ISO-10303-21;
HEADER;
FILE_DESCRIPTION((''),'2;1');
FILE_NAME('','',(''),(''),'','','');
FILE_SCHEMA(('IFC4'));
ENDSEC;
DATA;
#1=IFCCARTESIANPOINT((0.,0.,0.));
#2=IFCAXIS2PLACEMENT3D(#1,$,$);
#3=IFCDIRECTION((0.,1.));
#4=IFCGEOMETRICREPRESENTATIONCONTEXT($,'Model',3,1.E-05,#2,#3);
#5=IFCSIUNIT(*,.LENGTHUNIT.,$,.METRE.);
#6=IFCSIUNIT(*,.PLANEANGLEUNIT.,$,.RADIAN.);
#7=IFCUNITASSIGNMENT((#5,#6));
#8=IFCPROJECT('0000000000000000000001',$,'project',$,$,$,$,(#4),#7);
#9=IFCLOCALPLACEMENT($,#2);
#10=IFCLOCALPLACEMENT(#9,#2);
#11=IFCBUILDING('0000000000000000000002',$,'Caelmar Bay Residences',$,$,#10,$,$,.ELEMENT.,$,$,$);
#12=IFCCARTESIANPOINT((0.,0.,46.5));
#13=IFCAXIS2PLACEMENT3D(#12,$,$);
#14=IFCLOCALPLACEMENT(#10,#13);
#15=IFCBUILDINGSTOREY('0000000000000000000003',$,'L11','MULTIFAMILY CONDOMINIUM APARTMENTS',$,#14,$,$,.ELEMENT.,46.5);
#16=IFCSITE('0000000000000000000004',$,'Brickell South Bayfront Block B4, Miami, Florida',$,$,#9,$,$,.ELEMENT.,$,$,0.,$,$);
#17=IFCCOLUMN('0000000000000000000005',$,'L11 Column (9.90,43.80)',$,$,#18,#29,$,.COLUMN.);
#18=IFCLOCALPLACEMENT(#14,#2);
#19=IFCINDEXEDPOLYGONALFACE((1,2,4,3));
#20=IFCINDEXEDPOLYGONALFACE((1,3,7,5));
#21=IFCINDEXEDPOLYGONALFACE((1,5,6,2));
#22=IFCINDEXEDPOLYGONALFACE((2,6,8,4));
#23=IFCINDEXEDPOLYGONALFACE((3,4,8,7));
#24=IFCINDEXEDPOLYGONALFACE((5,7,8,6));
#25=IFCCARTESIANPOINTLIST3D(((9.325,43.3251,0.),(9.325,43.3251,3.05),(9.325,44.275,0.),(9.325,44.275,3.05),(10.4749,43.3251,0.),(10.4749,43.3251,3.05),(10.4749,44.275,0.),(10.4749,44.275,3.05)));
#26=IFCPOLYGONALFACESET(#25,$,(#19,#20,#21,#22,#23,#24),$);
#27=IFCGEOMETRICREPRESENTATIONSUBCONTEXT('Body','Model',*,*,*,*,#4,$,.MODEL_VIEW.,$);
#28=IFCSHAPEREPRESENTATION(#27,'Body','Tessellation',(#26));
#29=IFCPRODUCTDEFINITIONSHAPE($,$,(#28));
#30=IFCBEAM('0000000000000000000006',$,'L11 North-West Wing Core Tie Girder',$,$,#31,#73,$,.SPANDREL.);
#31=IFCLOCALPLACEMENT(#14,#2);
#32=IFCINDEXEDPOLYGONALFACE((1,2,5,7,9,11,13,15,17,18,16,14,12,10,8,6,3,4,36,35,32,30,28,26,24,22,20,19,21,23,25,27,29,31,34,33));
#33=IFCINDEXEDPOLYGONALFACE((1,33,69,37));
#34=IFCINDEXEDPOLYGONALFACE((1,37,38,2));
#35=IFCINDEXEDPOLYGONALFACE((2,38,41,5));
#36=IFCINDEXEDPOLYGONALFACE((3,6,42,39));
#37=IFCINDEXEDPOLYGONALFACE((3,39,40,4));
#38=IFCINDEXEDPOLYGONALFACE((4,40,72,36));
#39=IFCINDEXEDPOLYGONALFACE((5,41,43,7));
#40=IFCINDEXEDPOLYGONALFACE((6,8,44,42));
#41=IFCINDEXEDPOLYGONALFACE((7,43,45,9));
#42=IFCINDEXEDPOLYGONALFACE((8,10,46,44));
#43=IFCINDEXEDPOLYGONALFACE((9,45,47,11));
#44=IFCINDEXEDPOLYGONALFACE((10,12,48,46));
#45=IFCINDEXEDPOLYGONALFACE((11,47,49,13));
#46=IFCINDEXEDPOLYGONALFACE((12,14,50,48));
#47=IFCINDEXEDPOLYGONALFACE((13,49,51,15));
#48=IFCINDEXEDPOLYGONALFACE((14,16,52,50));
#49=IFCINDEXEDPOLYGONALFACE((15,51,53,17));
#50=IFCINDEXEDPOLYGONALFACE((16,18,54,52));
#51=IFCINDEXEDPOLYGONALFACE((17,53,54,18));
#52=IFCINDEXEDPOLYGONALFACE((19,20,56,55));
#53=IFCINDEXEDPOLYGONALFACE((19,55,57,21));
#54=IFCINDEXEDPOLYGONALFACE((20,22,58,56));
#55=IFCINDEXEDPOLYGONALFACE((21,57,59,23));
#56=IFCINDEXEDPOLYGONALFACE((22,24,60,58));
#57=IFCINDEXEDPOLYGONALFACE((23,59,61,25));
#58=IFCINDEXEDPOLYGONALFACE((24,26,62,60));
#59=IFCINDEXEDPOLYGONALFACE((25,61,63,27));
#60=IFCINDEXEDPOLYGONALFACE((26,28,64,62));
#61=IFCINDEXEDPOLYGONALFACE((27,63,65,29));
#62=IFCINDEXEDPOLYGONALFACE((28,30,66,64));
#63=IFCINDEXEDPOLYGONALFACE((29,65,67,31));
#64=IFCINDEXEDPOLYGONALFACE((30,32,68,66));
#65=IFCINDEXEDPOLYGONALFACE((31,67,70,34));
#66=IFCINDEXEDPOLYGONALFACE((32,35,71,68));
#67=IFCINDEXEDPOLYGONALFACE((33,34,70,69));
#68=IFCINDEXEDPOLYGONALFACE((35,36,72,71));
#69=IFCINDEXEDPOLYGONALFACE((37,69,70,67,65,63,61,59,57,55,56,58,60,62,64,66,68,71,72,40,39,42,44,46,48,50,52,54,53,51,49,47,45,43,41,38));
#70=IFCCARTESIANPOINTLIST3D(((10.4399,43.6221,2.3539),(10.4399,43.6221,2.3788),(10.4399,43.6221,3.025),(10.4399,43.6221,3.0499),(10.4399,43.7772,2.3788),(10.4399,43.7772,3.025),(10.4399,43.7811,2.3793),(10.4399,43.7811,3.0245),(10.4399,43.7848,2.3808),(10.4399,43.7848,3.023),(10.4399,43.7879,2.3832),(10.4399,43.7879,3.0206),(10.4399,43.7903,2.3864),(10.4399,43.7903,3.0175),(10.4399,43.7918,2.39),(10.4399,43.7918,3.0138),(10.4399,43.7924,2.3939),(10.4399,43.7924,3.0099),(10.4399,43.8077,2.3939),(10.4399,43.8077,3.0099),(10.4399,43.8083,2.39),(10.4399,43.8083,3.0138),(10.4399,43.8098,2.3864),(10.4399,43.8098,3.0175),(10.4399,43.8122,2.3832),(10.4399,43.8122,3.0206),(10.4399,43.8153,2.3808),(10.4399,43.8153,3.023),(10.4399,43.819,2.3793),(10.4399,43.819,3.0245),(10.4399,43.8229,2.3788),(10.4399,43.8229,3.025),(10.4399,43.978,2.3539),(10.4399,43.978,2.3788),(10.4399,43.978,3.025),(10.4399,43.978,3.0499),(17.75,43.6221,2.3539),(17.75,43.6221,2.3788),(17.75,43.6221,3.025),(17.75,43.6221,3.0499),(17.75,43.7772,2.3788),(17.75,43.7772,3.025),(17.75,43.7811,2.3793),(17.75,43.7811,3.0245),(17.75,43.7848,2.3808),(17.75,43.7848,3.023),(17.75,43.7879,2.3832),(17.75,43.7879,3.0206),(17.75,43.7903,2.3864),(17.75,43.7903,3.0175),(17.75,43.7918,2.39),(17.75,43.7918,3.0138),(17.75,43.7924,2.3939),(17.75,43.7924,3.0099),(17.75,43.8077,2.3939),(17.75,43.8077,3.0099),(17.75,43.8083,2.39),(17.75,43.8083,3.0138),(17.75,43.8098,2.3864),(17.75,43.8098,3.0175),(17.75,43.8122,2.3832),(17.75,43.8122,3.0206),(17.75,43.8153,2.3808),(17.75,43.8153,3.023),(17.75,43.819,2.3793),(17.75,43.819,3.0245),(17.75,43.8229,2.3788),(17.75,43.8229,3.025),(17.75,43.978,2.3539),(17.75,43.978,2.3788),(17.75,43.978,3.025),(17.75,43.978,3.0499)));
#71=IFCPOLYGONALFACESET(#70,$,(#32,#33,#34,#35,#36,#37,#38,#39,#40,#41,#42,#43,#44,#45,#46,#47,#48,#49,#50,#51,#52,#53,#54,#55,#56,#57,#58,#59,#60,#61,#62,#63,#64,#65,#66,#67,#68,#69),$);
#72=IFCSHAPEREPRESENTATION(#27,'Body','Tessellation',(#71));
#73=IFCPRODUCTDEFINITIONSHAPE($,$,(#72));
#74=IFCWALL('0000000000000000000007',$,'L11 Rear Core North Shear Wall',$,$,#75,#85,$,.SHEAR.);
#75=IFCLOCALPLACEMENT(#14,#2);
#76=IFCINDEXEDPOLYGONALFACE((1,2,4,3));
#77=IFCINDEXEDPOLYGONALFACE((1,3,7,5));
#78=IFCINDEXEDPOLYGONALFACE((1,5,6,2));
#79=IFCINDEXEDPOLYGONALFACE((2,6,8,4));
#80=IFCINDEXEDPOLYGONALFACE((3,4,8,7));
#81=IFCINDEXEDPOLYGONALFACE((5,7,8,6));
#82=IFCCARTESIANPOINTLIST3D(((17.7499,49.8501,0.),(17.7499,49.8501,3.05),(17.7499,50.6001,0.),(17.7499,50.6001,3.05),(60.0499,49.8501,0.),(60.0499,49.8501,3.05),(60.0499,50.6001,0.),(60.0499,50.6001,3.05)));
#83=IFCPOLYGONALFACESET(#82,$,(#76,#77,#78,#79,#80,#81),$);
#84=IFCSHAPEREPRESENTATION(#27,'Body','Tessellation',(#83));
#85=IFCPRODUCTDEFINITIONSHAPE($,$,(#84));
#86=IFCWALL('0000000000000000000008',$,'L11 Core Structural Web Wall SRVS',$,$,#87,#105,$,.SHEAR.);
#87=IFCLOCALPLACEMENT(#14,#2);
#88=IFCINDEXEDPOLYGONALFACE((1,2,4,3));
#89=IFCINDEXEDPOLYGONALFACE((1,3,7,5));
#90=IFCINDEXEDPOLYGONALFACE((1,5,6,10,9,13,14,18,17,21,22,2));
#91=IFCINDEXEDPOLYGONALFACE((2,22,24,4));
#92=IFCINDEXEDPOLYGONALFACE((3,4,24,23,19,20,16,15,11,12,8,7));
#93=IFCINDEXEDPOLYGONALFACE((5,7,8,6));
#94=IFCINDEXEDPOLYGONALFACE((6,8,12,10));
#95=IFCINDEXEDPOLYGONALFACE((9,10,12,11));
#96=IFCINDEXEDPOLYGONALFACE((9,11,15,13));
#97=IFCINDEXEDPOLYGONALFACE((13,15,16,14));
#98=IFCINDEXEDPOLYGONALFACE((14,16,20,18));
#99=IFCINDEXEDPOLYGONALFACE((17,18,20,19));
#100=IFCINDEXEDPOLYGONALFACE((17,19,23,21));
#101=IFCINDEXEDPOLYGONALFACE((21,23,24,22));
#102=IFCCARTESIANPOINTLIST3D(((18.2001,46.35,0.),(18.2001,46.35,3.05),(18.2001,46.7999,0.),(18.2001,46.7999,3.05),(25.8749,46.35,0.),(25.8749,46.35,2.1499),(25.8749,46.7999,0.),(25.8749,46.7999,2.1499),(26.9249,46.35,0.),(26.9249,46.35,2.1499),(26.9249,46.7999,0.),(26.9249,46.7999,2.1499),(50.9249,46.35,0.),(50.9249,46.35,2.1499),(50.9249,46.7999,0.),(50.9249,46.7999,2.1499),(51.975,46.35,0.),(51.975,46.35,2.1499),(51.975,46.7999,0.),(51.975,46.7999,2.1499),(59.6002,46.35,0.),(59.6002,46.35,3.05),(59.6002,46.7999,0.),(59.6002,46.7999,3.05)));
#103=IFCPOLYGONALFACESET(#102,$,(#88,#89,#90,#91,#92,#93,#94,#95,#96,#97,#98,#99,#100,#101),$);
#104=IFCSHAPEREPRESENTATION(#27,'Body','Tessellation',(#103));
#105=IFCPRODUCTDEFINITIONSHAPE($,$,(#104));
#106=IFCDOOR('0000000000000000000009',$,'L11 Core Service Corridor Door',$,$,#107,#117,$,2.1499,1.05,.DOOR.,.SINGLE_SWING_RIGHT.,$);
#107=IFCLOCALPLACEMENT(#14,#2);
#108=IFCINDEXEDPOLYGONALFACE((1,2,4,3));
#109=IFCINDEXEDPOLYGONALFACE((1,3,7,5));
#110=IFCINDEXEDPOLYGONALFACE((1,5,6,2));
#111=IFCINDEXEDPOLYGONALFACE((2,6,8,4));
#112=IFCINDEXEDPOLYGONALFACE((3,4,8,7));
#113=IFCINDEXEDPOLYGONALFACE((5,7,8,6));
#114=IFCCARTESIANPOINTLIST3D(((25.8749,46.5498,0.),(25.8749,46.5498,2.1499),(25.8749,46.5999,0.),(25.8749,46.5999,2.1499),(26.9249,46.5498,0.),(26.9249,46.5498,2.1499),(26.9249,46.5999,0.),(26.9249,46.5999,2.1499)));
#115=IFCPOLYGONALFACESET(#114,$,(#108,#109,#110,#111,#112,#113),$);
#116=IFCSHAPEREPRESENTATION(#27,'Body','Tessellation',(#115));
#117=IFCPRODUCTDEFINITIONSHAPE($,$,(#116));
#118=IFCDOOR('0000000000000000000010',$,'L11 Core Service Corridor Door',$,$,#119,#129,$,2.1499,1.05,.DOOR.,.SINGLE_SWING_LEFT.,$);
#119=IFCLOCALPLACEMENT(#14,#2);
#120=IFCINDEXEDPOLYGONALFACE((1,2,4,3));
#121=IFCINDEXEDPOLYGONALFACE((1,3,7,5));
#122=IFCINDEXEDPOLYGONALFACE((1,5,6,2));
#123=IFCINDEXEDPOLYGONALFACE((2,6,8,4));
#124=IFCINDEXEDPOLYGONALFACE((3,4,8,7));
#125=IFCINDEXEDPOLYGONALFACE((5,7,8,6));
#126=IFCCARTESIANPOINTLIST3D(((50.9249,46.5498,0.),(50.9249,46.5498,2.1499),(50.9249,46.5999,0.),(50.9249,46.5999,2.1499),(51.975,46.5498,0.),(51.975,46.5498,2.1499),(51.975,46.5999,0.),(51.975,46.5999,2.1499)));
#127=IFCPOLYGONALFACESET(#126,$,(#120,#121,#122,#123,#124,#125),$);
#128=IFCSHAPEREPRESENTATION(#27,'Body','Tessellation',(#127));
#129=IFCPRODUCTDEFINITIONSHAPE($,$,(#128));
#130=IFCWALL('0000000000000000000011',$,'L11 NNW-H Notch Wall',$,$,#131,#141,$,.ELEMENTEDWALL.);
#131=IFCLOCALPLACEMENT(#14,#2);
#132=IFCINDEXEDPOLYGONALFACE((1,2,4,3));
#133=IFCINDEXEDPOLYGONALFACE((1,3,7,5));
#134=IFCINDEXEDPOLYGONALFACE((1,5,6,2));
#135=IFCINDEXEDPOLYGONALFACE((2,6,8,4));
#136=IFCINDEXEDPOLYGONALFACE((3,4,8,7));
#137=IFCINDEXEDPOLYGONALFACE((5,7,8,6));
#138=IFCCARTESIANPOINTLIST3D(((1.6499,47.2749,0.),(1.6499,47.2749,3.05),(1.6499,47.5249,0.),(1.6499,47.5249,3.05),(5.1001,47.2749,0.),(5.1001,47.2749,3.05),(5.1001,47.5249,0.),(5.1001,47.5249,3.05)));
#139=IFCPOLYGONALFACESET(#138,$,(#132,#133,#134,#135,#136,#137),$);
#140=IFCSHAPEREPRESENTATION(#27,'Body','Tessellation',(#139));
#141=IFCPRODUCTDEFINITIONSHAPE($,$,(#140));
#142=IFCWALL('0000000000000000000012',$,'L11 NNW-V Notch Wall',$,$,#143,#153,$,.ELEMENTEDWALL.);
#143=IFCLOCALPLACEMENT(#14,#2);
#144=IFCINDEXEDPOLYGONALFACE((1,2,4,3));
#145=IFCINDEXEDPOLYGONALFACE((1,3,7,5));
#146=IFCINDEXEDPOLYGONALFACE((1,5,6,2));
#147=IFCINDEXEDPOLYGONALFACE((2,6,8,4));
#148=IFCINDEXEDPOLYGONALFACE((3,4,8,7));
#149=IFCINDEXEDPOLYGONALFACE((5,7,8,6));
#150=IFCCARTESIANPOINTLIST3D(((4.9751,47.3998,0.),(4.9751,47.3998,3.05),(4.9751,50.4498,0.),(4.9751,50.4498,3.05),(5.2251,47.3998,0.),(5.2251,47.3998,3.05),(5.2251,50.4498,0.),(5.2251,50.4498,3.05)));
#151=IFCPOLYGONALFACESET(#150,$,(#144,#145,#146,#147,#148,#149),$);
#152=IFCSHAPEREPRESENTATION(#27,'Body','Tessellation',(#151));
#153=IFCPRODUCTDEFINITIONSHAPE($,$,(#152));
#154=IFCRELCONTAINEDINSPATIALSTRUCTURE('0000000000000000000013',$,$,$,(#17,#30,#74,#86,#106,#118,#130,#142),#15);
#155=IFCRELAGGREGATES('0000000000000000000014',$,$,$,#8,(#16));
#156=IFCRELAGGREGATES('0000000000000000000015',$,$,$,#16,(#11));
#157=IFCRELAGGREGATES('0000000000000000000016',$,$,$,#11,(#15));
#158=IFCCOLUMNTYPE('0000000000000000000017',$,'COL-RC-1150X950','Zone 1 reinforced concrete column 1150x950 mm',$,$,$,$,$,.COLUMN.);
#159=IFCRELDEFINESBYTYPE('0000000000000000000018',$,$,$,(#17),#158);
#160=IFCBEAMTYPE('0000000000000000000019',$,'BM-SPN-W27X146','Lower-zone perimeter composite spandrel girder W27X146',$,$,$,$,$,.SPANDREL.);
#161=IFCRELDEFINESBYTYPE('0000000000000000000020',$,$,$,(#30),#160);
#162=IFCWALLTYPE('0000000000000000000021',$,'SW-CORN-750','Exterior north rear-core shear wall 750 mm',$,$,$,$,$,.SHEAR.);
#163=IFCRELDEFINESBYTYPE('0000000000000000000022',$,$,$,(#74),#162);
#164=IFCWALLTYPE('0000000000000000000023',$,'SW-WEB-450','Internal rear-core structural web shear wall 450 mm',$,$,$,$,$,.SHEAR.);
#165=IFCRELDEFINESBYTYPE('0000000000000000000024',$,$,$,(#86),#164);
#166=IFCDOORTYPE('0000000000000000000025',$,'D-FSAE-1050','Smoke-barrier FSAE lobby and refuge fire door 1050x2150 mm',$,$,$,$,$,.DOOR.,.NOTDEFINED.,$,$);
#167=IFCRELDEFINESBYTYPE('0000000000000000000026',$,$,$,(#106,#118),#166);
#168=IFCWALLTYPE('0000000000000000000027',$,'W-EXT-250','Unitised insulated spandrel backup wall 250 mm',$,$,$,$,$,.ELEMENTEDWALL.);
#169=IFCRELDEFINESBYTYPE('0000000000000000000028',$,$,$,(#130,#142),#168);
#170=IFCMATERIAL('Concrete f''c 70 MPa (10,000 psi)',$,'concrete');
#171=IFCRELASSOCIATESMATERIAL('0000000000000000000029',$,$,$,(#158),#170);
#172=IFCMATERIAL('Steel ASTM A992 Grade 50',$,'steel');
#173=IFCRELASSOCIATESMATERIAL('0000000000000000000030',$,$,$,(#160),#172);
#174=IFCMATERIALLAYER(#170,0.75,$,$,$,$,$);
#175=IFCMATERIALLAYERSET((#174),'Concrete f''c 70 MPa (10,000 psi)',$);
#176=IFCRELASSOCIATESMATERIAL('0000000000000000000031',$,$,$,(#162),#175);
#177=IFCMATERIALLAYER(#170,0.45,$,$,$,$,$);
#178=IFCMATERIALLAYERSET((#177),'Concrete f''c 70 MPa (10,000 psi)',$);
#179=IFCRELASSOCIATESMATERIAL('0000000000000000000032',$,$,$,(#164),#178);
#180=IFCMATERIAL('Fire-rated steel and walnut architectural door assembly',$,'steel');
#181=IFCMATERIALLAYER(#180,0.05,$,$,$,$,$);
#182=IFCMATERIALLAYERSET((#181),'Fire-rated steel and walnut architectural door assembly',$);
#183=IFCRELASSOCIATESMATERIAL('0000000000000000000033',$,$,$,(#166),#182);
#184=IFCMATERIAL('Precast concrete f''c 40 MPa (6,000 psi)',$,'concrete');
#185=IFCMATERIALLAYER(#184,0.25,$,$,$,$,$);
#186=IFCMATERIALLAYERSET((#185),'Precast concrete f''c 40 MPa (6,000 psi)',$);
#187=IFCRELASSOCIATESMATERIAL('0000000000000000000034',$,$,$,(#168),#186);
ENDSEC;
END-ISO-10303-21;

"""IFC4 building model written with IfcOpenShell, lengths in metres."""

from ifc_helpers import new_model, si_unit, direction, frame, frame_2d, origin, origin_2d, place, context, subcontext, project, spatial, rectangle, i_section, extrude, material, layer, layer_set, material_profile, profile_set, type_object, element, fill, save


model = new_model("IFC4")

# Units and contexts
model_context = context("Model", 3, precision=1e-05, world=origin(), true_north=direction((0.0, 1.0)))
body_context = subcontext(model_context, "Body", "Model", "MODEL_VIEW")
ifc_project = project(units=[si_unit("LENGTHUNIT", "METRE"), si_unit("PLANEANGLEUNIT", "RADIAN")], contexts=[model_context])

# Site, building, storey
site_placement = place(None, origin())
site = spatial("IfcSite", under=ifc_project, at=site_placement, Name="Brickell South Bayfront Block B4, Miami, Florida", CompositionType="ELEMENT", RefElevation=0.0)
building_placement = place(site_placement, origin())
building = spatial("IfcBuilding", under=site, at=building_placement, Name="Caelmar Bay Residences", CompositionType="ELEMENT")
storey_placement = place(building_placement, frame((0.0, 0.0, 46.5)))
storey = spatial("IfcBuildingStorey", under=building, at=storey_placement, Name="L11", Description="MULTIFAMILY CONDOMINIUM APARTMENTS", CompositionType="ELEMENT", Elevation=46.5)

# Column
ifc_material_1 = material(Name="Concrete f'c 70 MPa (10,000 psi)", Category="concrete")
ifc_material_profile_1 = material_profile(ifc_material_1, rectangle(XDim=1.1499, YDim=0.95, at=origin_2d()), Name="RC-COL-1150X950")
ifc_profile_set_1 = profile_set([ifc_material_profile_1], Name="Concrete f'c 70 MPa (10,000 psi)")
column_type = type_object("IfcColumnType", Name="COL-RC-1150X950", Description="Zone 1 reinforced concrete column 1150x950 mm", PredefinedType="COLUMN", material=ifc_profile_set_1)
column_placement = place(storey_placement, frame((9.8999, 43.8, 0.0), z_axis=(0.0, 0.0, 1.0), x_axis=(1.0, 0.0, 0.0)))
element("IfcColumn", 1, at=column_placement, inside=storey, type_object=column_type, Name="L11 Column (9.90,43.80)", PredefinedType="COLUMN", context=body_context, shape_type="SweptSolid", body=[
    extrude(rectangle(XDim=1.1499, YDim=0.95, at=origin_2d()), origin(), (0.0, 0.0, 1.0), 3.05),
])

# Beam
ifc_material_2 = material(Name="Steel ASTM A992 Grade 50", Category="steel")
ifc_material_profile_2 = material_profile(ifc_material_2, i_section(OverallWidth=0.356, OverallDepth=0.696, WebThickness=0.0154, FlangeThickness=0.0249, FilletRadius=0.0151, at=origin_2d()), Name="W27X146")
ifc_profile_set_2 = profile_set([ifc_material_profile_2], Name="Steel ASTM A992 Grade 50")
beam_type = type_object("IfcBeamType", Name="BM-SPN-W27X146", Description="Lower-zone perimeter composite spandrel girder W27X146", PredefinedType="SPANDREL", material=ifc_profile_set_2)
beam_placement = place(storey_placement, frame((10.4399, 43.8, 2.7019), z_axis=(1.0, 0.0, 0.0), x_axis=(0.0, 1.0, 0.0)))
element("IfcBeam", 2, at=beam_placement, inside=storey, type_object=beam_type, Name="L11 North-West Wing Core Tie Girder", PredefinedType="SPANDREL", context=body_context, shape_type="SweptSolid", body=[
    extrude(i_section(OverallWidth=0.356, OverallDepth=0.696, WebThickness=0.0154, FlangeThickness=0.0249, FilletRadius=0.0151, at=origin_2d()), origin(), (0.0, 0.0, 1.0), 7.3101),
])

# Wall
ifc_layer_1 = layer(ifc_material_1, 0.75)
ifc_layer_set_1 = layer_set([ifc_layer_1], Name="Concrete f'c 70 MPa (10,000 psi)")
wall_type_1 = type_object("IfcWallType", Name="SW-CORN-750", Description="Exterior north rear-core shear wall 750 mm", PredefinedType="SHEAR", material=ifc_layer_set_1)
wall_1_placement = place(storey_placement, frame((17.75, 50.2251, 0.0), z_axis=(0.0, 0.0, 1.0), x_axis=(1.0, 0.0, 0.0)))
element("IfcWall", 3, at=wall_1_placement, inside=storey, type_object=wall_type_1, Name="L11 Rear Core North Shear Wall", PredefinedType="SHEAR", context=body_context, shape_type="SweptSolid", body=[
    extrude(rectangle(XDim=42.3, YDim=0.75, at=frame_2d((21.1499, 0.0))), origin(), (0.0, 0.0, 1.0), 3.05),
])

# Wall, openings, doors
ifc_layer_2 = layer(ifc_material_1, 0.45)
ifc_layer_set_2 = layer_set([ifc_layer_2], Name="Concrete f'c 70 MPa (10,000 psi)")
wall_type_2 = type_object("IfcWallType", Name="SW-WEB-450", Description="Internal rear-core structural web shear wall 450 mm", PredefinedType="SHEAR", material=ifc_layer_set_2)
wall_2_placement = place(storey_placement, frame((18.2, 46.575, 0.0), z_axis=(0.0, 0.0, 1.0), x_axis=(1.0, 0.0, 0.0)))
wall_2 = element("IfcWall", 4, at=wall_2_placement, inside=storey, type_object=wall_type_2, Name="L11 Core Structural Web Wall SRVS", PredefinedType="SHEAR", context=body_context, shape_type="SweptSolid", body=[
    extrude(rectangle(XDim=41.4001, YDim=0.45, at=frame_2d((20.7002, 0.0))), origin(), (0.0, 0.0, 1.0), 3.05),
])
opening_1_placement = place(wall_2_placement, frame((7.675, 0.0, 0.0)))
opening_1 = element("IfcOpeningElement", 5, at=opening_1_placement, cuts=wall_2, PredefinedType="OPENING", context=body_context, shape_type="SweptSolid", body=[
    extrude(rectangle(XDim=1.05, YDim=2.1499, at=frame_2d((0.5249, 1.075))), frame((0.0, 0.2349, 0.0), z_axis=(0.0, -1.0, 0.0), x_axis=(1.0, 0.0, 0.0)), (0.0, 0.0, 1.0), 0.47),
])
opening_2_placement = place(wall_2_placement, frame((32.7251, 0.0, 0.0)))
opening_2 = element("IfcOpeningElement", 6, at=opening_2_placement, cuts=wall_2, PredefinedType="OPENING", context=body_context, shape_type="SweptSolid", body=[
    extrude(rectangle(XDim=1.05, YDim=2.1499, at=frame_2d((0.5249, 1.075))), frame((0.0, 0.2349, 0.0), z_axis=(0.0, -1.0, 0.0), x_axis=(1.0, 0.0, 0.0)), (0.0, 0.0, 1.0), 0.47),
])
ifc_material_3 = material(Name="Fire-rated steel and walnut architectural door assembly", Category="steel")
ifc_layer_3 = layer(ifc_material_3, 0.05)
ifc_layer_set_3 = layer_set([ifc_layer_3], Name="Fire-rated steel and walnut architectural door assembly")
door_type_1 = type_object("IfcDoorType", Name="D-FSAE-1050", Description="Smoke-barrier FSAE lobby and refuge fire door 1050x2150 mm", OperationType="NOTDEFINED", PredefinedType="DOOR", material=ifc_layer_set_3)
door_1_placement = place(opening_1_placement, origin())
door_1 = element("IfcDoor", 7, at=door_1_placement, inside=storey, type_object=door_type_1, Name="L11 Core Service Corridor Door", OperationType="SINGLE_SWING_RIGHT", OverallHeight=2.1499, OverallWidth=1.05, PredefinedType="DOOR", context=body_context, shape_type="SweptSolid", body=[
    extrude(rectangle(XDim=1.05, YDim=2.1499, at=frame_2d((0.5249, 1.075))), frame((0.0, 0.0249, 0.0), z_axis=(0.0, -1.0, 0.0), x_axis=(1.0, 0.0, 0.0)), (0.0, 0.0, 1.0), 0.05),
])
fill(opening_1, door_1)
door_2_placement = place(opening_2_placement, origin())
door_2 = element("IfcDoor", 8, at=door_2_placement, inside=storey, type_object=door_type_1, Name="L11 Core Service Corridor Door", OperationType="SINGLE_SWING_LEFT", OverallHeight=2.1499, OverallWidth=1.05, PredefinedType="DOOR", context=body_context, shape_type="SweptSolid", body=[
    extrude(rectangle(XDim=1.05, YDim=2.1499, at=frame_2d((0.5249, 1.075))), frame((0.0, 0.0249, 0.0), z_axis=(0.0, -1.0, 0.0), x_axis=(1.0, 0.0, 0.0)), (0.0, 0.0, 1.0), 0.05),
])
fill(opening_2, door_2)

# Walls
ifc_material_4 = material(Name="Precast concrete f'c 40 MPa (6,000 psi)", Category="concrete")
ifc_layer_4 = layer(ifc_material_4, 0.25)
ifc_layer_set_4 = layer_set([ifc_layer_4], Name="Precast concrete f'c 40 MPa (6,000 psi)")
wall_type_3 = type_object("IfcWallType", Name="W-EXT-250", Description="Unitised insulated spandrel backup wall 250 mm", PredefinedType="ELEMENTEDWALL", material=ifc_layer_set_4)
wall_3_placement = place(storey_placement, frame((1.6499, 47.3999, 0.0), z_axis=(0.0, 0.0, 1.0), x_axis=(1.0, 0.0, 0.0)))
element("IfcWall", 9, at=wall_3_placement, inside=storey, type_object=wall_type_3, Name="L11 NNW-H Notch Wall", PredefinedType="ELEMENTEDWALL", context=body_context, shape_type="SweptSolid", body=[
    extrude(rectangle(XDim=3.4502, YDim=0.25, at=frame_2d((1.7251, 0.0))), origin(), (0.0, 0.0, 1.0), 3.05),
])
wall_4_placement = place(storey_placement, frame((5.1001, 47.3999, 0.0), z_axis=(0.0, 0.0, 1.0), x_axis=(0.0, 1.0, 0.0)))
element("IfcWall", 10, at=wall_4_placement, inside=storey, type_object=wall_type_3, Name="L11 NNW-V Notch Wall", PredefinedType="ELEMENTEDWALL", context=body_context, shape_type="SweptSolid", body=[
    extrude(rectangle(XDim=3.05, YDim=0.25, at=frame_2d((1.5249, 0.0))), origin(), (0.0, 0.0, 1.0), 3.05),
])

save(model, "model.ifc")
